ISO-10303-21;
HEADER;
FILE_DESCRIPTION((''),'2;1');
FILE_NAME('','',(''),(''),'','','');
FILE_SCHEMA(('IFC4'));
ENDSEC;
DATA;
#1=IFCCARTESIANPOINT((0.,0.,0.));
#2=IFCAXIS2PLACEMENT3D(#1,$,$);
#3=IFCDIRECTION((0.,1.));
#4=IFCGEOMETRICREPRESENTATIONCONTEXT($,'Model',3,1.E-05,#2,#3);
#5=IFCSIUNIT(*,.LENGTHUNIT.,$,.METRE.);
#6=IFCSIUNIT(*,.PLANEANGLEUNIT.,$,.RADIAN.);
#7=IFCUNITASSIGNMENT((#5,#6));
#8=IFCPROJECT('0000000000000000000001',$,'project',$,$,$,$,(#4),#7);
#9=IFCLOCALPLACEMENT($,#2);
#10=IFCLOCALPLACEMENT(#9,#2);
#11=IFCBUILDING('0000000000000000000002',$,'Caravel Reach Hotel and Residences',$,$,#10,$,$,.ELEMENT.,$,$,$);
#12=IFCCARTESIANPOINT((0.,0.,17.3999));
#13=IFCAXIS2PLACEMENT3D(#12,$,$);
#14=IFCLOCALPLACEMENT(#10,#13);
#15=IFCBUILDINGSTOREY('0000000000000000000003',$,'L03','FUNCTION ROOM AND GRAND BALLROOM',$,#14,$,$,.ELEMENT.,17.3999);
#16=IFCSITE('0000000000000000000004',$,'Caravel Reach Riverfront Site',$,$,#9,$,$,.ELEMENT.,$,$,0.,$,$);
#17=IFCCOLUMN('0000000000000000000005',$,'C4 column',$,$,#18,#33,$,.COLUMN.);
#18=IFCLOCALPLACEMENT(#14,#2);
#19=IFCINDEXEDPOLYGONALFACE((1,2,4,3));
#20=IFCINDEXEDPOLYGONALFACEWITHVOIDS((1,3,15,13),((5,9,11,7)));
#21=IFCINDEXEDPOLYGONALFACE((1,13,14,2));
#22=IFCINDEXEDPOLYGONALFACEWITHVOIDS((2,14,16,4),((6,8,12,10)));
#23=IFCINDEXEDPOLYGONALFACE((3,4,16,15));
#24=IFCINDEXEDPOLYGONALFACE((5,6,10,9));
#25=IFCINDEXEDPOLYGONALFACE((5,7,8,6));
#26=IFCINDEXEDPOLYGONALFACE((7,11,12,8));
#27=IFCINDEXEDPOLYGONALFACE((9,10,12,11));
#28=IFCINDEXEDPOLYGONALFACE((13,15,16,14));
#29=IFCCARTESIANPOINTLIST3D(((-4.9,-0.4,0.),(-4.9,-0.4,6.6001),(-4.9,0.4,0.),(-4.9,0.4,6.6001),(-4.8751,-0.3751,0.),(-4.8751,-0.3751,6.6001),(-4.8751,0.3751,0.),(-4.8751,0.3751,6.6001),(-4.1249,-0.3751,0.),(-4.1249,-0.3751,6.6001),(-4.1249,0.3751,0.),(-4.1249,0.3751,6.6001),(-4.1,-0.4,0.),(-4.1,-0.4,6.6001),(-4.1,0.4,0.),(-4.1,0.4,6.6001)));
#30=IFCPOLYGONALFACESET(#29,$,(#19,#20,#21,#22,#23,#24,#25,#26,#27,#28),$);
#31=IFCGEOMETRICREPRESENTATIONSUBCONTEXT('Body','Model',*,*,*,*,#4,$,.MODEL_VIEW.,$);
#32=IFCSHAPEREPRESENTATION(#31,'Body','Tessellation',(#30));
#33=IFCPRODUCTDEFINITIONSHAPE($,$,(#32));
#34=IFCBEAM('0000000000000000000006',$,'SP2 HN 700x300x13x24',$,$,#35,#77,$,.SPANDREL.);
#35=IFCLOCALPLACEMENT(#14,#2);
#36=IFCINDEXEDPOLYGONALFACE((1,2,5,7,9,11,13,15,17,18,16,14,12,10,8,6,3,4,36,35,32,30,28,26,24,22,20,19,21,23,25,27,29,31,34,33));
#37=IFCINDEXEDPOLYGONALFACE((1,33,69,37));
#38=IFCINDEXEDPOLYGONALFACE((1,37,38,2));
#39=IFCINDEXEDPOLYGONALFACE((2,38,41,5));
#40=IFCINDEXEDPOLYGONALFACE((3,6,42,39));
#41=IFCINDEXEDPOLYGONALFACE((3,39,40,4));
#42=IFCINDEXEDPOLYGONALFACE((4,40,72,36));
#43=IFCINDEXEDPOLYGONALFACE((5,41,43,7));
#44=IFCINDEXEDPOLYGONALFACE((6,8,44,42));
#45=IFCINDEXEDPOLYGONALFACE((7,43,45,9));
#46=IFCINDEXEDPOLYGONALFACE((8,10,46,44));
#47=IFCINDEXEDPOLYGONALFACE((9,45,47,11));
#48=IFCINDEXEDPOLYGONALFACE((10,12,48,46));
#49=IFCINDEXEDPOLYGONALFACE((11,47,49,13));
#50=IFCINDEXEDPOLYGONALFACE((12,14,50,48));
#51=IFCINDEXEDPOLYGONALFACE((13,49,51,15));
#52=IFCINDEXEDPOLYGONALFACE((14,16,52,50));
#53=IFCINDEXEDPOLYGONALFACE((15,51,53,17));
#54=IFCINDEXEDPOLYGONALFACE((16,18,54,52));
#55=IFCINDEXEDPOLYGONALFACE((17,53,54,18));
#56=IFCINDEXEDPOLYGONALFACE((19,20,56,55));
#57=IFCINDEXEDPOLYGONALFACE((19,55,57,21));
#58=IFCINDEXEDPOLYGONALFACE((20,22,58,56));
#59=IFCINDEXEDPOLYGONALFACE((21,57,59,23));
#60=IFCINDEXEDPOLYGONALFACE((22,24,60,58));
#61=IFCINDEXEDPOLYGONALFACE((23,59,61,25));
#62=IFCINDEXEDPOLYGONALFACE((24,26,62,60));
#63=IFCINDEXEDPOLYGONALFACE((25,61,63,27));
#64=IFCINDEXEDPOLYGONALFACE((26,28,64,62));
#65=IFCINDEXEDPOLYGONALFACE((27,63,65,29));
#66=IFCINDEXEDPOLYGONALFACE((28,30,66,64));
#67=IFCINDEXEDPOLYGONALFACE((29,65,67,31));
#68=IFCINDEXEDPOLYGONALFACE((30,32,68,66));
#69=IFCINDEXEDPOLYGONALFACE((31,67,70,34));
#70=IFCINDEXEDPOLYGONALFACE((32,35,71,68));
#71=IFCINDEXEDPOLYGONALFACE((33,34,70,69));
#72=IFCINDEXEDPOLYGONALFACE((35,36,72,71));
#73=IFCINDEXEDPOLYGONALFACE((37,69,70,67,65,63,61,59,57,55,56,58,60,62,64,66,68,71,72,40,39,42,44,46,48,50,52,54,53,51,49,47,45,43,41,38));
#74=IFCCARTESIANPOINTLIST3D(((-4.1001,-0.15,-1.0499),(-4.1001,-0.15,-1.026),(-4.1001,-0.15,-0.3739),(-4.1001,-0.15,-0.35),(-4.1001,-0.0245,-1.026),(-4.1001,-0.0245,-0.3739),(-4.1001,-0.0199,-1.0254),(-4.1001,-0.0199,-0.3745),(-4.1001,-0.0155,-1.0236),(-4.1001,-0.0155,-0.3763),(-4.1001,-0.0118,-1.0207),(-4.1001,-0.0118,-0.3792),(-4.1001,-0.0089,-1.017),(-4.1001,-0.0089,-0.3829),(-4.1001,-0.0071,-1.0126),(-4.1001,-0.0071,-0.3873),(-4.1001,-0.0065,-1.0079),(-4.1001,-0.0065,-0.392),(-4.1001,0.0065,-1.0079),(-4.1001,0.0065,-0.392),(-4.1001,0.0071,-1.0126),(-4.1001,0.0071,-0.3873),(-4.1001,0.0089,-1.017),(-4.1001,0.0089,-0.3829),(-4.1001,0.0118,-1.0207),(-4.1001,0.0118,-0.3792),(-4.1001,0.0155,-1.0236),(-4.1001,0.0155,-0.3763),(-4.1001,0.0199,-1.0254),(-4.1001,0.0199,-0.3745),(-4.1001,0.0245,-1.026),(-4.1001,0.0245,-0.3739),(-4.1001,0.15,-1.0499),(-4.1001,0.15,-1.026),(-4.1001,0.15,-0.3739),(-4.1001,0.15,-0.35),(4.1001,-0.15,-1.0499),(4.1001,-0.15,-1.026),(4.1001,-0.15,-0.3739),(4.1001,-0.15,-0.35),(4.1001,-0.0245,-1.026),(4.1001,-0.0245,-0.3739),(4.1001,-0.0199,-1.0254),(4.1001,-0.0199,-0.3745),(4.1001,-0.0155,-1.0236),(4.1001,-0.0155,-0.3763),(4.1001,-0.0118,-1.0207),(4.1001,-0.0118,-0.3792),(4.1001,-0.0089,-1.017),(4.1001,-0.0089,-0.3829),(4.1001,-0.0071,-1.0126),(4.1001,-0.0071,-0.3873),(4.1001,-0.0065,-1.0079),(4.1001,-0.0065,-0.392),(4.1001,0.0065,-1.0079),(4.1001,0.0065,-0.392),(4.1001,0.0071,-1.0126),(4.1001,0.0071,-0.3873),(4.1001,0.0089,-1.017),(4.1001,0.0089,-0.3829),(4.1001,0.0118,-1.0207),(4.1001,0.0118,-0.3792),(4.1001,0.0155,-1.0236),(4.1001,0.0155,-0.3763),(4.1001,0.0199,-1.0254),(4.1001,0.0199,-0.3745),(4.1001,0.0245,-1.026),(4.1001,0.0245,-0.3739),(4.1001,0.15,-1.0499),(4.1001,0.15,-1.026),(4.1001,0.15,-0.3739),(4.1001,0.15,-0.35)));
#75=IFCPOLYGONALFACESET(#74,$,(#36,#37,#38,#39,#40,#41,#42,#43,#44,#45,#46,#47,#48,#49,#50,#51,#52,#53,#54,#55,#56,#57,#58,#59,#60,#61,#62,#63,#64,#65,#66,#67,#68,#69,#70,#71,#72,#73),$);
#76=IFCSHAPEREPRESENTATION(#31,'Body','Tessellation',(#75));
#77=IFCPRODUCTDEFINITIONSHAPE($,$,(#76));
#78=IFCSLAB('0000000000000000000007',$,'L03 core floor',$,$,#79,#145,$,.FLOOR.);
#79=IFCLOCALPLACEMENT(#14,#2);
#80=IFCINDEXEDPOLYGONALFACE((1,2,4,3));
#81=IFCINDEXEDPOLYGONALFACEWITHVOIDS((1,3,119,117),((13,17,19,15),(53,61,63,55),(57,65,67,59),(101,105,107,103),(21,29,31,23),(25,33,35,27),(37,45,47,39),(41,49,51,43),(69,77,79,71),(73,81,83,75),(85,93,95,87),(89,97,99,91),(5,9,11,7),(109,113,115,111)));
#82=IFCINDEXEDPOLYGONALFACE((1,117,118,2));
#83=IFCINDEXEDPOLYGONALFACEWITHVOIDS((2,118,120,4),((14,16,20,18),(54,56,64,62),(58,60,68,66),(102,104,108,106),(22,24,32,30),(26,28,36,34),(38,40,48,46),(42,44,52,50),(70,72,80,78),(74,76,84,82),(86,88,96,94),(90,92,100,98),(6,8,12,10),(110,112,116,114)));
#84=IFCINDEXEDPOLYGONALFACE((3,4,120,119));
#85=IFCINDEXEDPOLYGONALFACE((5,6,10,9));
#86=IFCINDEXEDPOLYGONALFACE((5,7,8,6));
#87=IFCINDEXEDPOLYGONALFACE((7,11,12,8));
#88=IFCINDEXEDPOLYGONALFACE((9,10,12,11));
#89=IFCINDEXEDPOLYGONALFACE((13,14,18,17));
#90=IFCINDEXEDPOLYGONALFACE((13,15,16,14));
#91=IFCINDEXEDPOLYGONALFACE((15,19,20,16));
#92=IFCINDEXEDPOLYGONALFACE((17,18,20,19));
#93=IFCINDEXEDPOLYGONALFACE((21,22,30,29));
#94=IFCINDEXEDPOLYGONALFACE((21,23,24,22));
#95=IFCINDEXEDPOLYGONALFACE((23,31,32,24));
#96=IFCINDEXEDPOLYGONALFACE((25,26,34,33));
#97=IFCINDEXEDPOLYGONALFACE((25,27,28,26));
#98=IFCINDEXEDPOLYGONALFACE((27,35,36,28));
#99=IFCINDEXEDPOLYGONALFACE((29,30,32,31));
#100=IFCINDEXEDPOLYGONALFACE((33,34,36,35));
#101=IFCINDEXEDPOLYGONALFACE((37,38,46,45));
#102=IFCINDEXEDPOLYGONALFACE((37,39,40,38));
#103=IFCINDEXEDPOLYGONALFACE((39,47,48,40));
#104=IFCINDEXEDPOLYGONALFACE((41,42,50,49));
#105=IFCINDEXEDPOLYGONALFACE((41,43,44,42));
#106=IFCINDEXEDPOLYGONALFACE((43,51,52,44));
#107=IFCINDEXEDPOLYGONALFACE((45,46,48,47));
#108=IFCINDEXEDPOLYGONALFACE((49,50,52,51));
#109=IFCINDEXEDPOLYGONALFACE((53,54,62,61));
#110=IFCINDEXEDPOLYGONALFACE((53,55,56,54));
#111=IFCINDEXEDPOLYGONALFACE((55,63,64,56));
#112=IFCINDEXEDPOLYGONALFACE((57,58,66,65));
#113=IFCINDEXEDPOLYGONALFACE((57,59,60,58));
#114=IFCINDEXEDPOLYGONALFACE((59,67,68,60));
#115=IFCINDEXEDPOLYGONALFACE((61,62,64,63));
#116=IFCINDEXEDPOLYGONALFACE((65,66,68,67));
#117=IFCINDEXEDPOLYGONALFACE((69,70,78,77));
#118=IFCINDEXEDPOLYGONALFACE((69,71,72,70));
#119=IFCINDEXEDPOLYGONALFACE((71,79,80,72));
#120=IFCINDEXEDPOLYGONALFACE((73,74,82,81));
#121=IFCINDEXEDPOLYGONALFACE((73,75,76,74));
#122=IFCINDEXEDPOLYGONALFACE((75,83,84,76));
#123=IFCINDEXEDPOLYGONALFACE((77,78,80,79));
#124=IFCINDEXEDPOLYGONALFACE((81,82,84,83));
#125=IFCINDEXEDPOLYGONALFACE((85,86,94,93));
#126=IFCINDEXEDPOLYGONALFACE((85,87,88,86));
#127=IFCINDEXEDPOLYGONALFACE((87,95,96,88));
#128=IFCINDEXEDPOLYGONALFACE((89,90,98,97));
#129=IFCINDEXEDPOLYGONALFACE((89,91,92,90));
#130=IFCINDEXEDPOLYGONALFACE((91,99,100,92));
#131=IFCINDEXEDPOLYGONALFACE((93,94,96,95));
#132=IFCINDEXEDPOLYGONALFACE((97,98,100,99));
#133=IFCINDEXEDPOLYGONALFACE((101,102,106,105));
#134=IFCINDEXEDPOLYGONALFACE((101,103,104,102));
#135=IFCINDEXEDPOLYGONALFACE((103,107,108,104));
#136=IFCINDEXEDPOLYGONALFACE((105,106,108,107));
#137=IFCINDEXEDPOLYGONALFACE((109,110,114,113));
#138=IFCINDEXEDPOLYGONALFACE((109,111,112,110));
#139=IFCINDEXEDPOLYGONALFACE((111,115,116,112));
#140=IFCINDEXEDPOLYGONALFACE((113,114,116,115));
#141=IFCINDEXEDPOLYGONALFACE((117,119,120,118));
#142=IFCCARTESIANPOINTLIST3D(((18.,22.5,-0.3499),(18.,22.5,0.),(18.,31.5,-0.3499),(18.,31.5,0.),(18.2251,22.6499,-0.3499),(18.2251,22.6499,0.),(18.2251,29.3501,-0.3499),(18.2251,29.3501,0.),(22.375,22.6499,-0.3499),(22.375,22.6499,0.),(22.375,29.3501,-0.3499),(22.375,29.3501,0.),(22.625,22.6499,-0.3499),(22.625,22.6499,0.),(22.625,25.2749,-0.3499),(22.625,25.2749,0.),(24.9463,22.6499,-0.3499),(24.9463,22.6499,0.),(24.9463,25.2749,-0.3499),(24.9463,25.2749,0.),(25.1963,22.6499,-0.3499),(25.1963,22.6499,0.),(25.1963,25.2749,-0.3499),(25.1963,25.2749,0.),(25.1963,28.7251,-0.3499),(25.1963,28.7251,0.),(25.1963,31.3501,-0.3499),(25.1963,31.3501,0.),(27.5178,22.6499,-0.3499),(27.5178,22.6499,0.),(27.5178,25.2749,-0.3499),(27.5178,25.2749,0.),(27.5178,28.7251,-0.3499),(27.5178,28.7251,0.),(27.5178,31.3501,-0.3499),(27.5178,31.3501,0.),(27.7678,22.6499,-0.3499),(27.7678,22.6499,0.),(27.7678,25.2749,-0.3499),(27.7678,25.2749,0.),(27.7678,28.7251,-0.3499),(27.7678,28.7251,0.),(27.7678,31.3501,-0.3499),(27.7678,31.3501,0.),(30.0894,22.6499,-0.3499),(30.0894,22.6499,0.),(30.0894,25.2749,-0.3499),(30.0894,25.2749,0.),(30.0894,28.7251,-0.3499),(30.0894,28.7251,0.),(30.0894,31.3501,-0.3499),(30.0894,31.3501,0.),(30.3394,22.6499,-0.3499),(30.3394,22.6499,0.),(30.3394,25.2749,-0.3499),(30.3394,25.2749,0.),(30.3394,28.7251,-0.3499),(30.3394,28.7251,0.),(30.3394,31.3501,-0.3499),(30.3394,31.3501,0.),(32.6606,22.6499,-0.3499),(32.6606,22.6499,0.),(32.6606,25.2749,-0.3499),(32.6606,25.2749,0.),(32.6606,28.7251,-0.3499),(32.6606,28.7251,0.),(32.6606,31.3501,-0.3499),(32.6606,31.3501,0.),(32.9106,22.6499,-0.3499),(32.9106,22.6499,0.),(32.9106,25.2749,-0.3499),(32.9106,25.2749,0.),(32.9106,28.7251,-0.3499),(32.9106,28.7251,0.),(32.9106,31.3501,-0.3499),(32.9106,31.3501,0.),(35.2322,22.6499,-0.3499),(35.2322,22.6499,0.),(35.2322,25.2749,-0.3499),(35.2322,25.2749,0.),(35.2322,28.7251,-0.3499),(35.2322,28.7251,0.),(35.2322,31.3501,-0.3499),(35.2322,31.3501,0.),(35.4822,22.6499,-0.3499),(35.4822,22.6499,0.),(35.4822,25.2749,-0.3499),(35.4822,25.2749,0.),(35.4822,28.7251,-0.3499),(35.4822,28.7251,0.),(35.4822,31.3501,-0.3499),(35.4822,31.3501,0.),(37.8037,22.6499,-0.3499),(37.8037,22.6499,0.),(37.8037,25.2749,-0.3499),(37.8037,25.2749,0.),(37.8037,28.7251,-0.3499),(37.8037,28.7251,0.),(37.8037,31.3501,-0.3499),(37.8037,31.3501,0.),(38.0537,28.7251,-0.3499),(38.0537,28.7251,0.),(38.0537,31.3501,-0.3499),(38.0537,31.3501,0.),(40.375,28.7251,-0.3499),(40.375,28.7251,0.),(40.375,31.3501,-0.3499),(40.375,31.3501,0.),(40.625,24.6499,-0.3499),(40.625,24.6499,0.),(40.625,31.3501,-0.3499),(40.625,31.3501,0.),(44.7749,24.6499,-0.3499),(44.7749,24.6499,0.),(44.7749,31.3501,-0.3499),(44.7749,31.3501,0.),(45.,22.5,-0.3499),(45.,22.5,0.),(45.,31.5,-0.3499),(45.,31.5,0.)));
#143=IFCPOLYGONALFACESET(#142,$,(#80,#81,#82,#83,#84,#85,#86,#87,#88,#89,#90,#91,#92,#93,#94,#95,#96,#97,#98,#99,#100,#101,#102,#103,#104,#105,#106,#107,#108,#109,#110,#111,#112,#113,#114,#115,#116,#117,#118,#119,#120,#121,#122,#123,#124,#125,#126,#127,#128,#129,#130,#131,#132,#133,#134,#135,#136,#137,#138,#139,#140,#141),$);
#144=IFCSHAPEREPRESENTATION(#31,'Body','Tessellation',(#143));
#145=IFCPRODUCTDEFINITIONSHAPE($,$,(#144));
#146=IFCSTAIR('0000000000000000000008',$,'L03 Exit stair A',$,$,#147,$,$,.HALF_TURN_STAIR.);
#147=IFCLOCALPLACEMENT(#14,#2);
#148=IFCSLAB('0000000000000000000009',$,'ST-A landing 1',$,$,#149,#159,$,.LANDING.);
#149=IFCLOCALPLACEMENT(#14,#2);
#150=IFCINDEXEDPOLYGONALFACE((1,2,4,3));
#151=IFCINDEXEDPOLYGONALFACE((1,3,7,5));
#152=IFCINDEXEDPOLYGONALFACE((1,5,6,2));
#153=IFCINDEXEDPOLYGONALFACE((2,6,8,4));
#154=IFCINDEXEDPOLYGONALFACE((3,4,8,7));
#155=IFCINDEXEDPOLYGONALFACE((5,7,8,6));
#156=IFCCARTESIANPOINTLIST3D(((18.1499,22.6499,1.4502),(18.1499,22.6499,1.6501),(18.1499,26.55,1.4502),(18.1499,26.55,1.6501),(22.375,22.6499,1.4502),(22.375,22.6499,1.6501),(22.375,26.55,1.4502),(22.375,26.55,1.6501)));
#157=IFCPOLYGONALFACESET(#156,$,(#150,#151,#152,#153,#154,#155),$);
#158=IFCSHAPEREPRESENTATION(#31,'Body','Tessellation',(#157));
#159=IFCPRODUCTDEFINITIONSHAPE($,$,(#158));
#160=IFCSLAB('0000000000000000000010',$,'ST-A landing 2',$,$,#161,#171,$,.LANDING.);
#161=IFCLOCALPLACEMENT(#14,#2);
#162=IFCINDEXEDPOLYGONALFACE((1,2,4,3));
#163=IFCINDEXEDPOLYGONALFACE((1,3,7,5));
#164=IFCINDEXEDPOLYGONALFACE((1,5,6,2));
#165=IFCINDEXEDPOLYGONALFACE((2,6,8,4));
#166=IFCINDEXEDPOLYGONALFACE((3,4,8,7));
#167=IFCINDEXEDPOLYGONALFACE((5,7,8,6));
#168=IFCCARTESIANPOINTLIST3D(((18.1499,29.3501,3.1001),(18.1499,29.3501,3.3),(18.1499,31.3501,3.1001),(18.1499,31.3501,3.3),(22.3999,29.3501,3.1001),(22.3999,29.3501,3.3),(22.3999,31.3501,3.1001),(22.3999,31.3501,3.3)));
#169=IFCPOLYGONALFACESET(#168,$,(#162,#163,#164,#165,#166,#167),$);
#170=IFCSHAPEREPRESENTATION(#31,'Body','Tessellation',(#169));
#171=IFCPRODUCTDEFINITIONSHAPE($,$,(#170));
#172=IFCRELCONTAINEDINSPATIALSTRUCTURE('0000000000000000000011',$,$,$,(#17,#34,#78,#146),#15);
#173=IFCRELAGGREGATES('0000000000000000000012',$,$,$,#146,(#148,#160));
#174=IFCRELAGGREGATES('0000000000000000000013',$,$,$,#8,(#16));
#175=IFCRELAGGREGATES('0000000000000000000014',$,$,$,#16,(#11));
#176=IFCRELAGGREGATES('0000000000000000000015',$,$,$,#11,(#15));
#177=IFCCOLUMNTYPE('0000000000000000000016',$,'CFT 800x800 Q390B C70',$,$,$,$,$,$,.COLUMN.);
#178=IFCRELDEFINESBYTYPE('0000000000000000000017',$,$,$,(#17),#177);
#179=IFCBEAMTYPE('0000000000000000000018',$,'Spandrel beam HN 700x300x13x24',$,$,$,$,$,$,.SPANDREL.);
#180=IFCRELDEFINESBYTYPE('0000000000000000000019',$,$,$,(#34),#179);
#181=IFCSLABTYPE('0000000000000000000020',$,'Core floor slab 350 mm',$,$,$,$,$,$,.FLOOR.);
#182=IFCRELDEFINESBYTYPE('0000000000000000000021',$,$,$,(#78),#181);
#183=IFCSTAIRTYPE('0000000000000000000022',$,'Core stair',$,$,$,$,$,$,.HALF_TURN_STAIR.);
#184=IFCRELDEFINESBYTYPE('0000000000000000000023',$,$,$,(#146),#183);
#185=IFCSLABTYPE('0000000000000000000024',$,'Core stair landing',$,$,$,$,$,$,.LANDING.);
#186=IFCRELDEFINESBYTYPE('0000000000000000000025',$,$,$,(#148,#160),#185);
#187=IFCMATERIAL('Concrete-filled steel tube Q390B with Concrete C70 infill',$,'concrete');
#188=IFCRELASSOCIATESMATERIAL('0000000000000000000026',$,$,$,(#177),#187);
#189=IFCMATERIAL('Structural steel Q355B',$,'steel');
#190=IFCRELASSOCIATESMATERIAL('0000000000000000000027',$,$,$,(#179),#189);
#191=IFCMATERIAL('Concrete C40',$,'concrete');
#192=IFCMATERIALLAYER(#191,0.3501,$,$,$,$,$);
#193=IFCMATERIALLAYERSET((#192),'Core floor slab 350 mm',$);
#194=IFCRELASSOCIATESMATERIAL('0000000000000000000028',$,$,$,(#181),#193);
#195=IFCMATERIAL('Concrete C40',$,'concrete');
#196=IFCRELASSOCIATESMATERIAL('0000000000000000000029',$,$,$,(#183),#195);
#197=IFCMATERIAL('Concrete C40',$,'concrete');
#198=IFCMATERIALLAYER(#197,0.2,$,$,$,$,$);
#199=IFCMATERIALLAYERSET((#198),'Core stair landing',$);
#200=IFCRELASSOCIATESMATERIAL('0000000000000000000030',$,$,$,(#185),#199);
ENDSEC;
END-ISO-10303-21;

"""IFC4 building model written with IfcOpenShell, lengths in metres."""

from ifc_helpers import new_model, si_unit, direction, frame, origin, origin_2d, place, context, subcontext, project, spatial, polyline, hollow_rectangle, i_section, outline, extrude, material, layer, layer_set, material_profile, profile_set, type_object, element, aggregate, save


model = new_model("IFC4")

# Units and contexts
model_context = context("Model", 3, precision=1e-05, world=origin(), true_north=direction((0.0, 1.0)))
body_context = subcontext(model_context, "Body", "Model", "MODEL_VIEW")
ifc_project = project(units=[si_unit("LENGTHUNIT", "METRE"), si_unit("PLANEANGLEUNIT", "RADIAN")], contexts=[model_context])

# Site, building, storey
site_placement = place(None, origin())
site = spatial("IfcSite", under=ifc_project, at=site_placement, Name="Caravel Reach Riverfront Site", CompositionType="ELEMENT", RefElevation=0.0)
building_placement = place(site_placement, origin())
building = spatial("IfcBuilding", under=site, at=building_placement, Name="Caravel Reach Hotel and Residences", CompositionType="ELEMENT")
storey_placement = place(building_placement, frame((0.0, 0.0, 17.3999)))
storey = spatial("IfcBuildingStorey", under=building, at=storey_placement, Name="L03", Description="FUNCTION ROOM AND GRAND BALLROOM", CompositionType="ELEMENT", Elevation=17.3999)

# Column
ifc_material_1 = material(Name="Concrete-filled steel tube Q390B with Concrete C70 infill", Category="concrete")
ifc_material_profile_1 = material_profile(ifc_material_1, hollow_rectangle(XDim=0.8, YDim=0.8, WallThickness=0.0249, at=origin_2d()), Name="RHS 800x800x25")
ifc_profile_set_1 = profile_set([ifc_material_profile_1], Name="Concrete-filled steel tube Q390B with Concrete C70 infill")
column_type = type_object("IfcColumnType", Name="CFT 800x800 Q390B C70", PredefinedType="COLUMN", material=ifc_profile_set_1)
column_placement = place(storey_placement, frame((-4.5, 0.0, 0.0), z_axis=(0.0, 0.0, 1.0), x_axis=(1.0, 0.0, 0.0)))
element("IfcColumn", 1, at=column_placement, inside=storey, type_object=column_type, Name="C4 column", PredefinedType="COLUMN", context=body_context, shape_type="SweptSolid", body=[
    extrude(hollow_rectangle(XDim=0.8, YDim=0.8, WallThickness=0.0249, at=origin_2d()), origin(), (0.0, 0.0, 1.0), 6.6001),
])

# Beam
ifc_material_2 = material(Name="Structural steel Q355B", Category="steel")
ifc_material_profile_2 = material_profile(ifc_material_2, i_section(OverallWidth=0.3, OverallDepth=0.7, WebThickness=0.0129, FlangeThickness=0.0239, FilletRadius=0.0181, at=origin_2d()), Name="HN 700x300x13x24")
ifc_profile_set_2 = profile_set([ifc_material_profile_2], Name="Structural steel Q355B")
beam_type = type_object("IfcBeamType", Name="Spandrel beam HN 700x300x13x24", PredefinedType="SPANDREL", material=ifc_profile_set_2)
beam_placement = place(storey_placement, frame((-4.1001, 0.0, -0.7), z_axis=(1.0, 0.0, 0.0), x_axis=(0.0, 1.0, 0.0)))
element("IfcBeam", 2, at=beam_placement, inside=storey, type_object=beam_type, Name="SP2 HN 700x300x13x24", PredefinedType="SPANDREL", context=body_context, shape_type="SweptSolid", body=[
    extrude(i_section(OverallWidth=0.3, OverallDepth=0.7, WebThickness=0.0129, FlangeThickness=0.0239, FilletRadius=0.0181, at=origin_2d()), origin(), (0.0, 0.0, 1.0), 8.2002),
])

# Slab
ifc_material_3 = material(Name="Concrete C40", Category="concrete")
ifc_layer_1 = layer(ifc_material_3, 0.3501)
ifc_layer_set_1 = layer_set([ifc_layer_1], Name="Core floor slab 350 mm")
slab_type_1 = type_object("IfcSlabType", Name="Core floor slab 350 mm", PredefinedType="FLOOR", material=ifc_layer_set_1)
slab_1_placement = place(storey_placement, frame((0.0, 0.0, -0.3499)))
element("IfcSlab", 3, at=slab_1_placement, inside=storey, type_object=slab_type_1, Name="L03 core floor", PredefinedType="FLOOR", context=body_context, shape_type="SweptSolid", body=[
    extrude(outline(polyline([(18.0, 31.5), (45.0, 31.5), (45.0, 22.5), (18.0, 22.5), (18.0, 31.5)]), holes=[polyline([(22.625, 25.2749), (22.625, 22.6499), (24.9463, 22.6499), (24.9463, 25.2749), (22.625, 25.2749)]), polyline([(27.5178, 25.2749), (25.1963, 25.2749), (25.1963, 22.6499), (27.5178, 22.6499), (27.5178, 25.2749)]), polyline([(30.0894, 25.2749), (27.7678, 25.2749), (27.7678, 22.6499), (30.0894, 22.6499), (30.0894, 25.2749)]), polyline([(32.6606, 25.2749), (30.3394, 25.2749), (30.3394, 22.6499), (32.6606, 22.6499), (32.6606, 25.2749)]), polyline([(18.2251, 22.6499), (22.375, 22.6499), (22.375, 29.3501), (18.2251, 29.3501), (18.2251, 22.6499)]), polyline([(27.5178, 31.3501), (25.1963, 31.3501), (25.1963, 28.7251), (27.5178, 28.7251), (27.5178, 31.3501)]), polyline([(30.0894, 31.3501), (27.7678, 31.3501), (27.7678, 28.7251), (30.0894, 28.7251), (30.0894, 31.3501)]), polyline([(32.9106, 25.2749), (32.9106, 22.6499), (35.2322, 22.6499), (35.2322, 25.2749), (32.9106, 25.2749)]), polyline([(37.8037, 25.2749), (35.4822, 25.2749), (35.4822, 22.6499), (37.8037, 22.6499), (37.8037, 25.2749)]), polyline([(44.7749, 31.3501), (40.625, 31.3501), (40.625, 24.6499), (44.7749, 24.6499), (44.7749, 31.3501)]), polyline([(32.6606, 31.3501), (30.3394, 31.3501), (30.3394, 28.7251), (32.6606, 28.7251), (32.6606, 31.3501)]), polyline([(35.2322, 31.3501), (32.9106, 31.3501), (32.9106, 28.7251), (35.2322, 28.7251), (35.2322, 31.3501)]), polyline([(37.8037, 31.3501), (35.4822, 31.3501), (35.4822, 28.7251), (37.8037, 28.7251), (37.8037, 31.3501)]), polyline([(40.375, 31.3501), (38.0537, 31.3501), (38.0537, 28.7251), (40.375, 28.7251), (40.375, 31.3501)])]), origin(), (0.0, 0.0, 1.0), 0.3499),
])

# Stair, slabs
ifc_material_4 = material(Name="Concrete C40", Category="concrete")
stair_type = type_object("IfcStairType", Name="Core stair", PredefinedType="HALF_TURN_STAIR", material=ifc_material_4)
stair_1_placement = place(storey_placement, origin())
stair_1 = element("IfcStair", 4, at=stair_1_placement, inside=storey, type_object=stair_type, Name="L03 Exit stair A", PredefinedType="HALF_TURN_STAIR")
ifc_material_5 = material(Name="Concrete C40", Category="concrete")
ifc_layer_2 = layer(ifc_material_5, 0.2)
ifc_layer_set_2 = layer_set([ifc_layer_2], Name="Core stair landing")
slab_type_2 = type_object("IfcSlabType", Name="Core stair landing", PredefinedType="LANDING", material=ifc_layer_set_2)
slab_2_placement = place(storey_placement, frame((0.0, 0.0, 1.4502)))
slab_2 = element("IfcSlab", 5, at=slab_2_placement, type_object=slab_type_2, Name="ST-A landing 1", PredefinedType="LANDING", context=body_context, shape_type="SweptSolid", body=[
    extrude(outline(polyline([(18.1499, 26.55), (18.1499, 22.6499), (22.375, 22.6499), (22.375, 26.55), (18.1499, 26.55)])), origin(), (0.0, 0.0, 1.0), 0.2),
])
slab_3_placement = place(storey_placement, frame((0.0, 0.0, 3.1001)))
slab_3 = element("IfcSlab", 6, at=slab_3_placement, type_object=slab_type_2, Name="ST-A landing 2", PredefinedType="LANDING", context=body_context, shape_type="SweptSolid", body=[
    extrude(outline(polyline([(18.1499, 31.3501), (18.1499, 29.3501), (22.3999, 29.3501), (22.3999, 31.3501), (18.1499, 31.3501)])), origin(), (0.0, 0.0, 1.0), 0.2),
])
aggregate(stair_1, [slab_2, slab_3])

save(model, "model.ifc")
